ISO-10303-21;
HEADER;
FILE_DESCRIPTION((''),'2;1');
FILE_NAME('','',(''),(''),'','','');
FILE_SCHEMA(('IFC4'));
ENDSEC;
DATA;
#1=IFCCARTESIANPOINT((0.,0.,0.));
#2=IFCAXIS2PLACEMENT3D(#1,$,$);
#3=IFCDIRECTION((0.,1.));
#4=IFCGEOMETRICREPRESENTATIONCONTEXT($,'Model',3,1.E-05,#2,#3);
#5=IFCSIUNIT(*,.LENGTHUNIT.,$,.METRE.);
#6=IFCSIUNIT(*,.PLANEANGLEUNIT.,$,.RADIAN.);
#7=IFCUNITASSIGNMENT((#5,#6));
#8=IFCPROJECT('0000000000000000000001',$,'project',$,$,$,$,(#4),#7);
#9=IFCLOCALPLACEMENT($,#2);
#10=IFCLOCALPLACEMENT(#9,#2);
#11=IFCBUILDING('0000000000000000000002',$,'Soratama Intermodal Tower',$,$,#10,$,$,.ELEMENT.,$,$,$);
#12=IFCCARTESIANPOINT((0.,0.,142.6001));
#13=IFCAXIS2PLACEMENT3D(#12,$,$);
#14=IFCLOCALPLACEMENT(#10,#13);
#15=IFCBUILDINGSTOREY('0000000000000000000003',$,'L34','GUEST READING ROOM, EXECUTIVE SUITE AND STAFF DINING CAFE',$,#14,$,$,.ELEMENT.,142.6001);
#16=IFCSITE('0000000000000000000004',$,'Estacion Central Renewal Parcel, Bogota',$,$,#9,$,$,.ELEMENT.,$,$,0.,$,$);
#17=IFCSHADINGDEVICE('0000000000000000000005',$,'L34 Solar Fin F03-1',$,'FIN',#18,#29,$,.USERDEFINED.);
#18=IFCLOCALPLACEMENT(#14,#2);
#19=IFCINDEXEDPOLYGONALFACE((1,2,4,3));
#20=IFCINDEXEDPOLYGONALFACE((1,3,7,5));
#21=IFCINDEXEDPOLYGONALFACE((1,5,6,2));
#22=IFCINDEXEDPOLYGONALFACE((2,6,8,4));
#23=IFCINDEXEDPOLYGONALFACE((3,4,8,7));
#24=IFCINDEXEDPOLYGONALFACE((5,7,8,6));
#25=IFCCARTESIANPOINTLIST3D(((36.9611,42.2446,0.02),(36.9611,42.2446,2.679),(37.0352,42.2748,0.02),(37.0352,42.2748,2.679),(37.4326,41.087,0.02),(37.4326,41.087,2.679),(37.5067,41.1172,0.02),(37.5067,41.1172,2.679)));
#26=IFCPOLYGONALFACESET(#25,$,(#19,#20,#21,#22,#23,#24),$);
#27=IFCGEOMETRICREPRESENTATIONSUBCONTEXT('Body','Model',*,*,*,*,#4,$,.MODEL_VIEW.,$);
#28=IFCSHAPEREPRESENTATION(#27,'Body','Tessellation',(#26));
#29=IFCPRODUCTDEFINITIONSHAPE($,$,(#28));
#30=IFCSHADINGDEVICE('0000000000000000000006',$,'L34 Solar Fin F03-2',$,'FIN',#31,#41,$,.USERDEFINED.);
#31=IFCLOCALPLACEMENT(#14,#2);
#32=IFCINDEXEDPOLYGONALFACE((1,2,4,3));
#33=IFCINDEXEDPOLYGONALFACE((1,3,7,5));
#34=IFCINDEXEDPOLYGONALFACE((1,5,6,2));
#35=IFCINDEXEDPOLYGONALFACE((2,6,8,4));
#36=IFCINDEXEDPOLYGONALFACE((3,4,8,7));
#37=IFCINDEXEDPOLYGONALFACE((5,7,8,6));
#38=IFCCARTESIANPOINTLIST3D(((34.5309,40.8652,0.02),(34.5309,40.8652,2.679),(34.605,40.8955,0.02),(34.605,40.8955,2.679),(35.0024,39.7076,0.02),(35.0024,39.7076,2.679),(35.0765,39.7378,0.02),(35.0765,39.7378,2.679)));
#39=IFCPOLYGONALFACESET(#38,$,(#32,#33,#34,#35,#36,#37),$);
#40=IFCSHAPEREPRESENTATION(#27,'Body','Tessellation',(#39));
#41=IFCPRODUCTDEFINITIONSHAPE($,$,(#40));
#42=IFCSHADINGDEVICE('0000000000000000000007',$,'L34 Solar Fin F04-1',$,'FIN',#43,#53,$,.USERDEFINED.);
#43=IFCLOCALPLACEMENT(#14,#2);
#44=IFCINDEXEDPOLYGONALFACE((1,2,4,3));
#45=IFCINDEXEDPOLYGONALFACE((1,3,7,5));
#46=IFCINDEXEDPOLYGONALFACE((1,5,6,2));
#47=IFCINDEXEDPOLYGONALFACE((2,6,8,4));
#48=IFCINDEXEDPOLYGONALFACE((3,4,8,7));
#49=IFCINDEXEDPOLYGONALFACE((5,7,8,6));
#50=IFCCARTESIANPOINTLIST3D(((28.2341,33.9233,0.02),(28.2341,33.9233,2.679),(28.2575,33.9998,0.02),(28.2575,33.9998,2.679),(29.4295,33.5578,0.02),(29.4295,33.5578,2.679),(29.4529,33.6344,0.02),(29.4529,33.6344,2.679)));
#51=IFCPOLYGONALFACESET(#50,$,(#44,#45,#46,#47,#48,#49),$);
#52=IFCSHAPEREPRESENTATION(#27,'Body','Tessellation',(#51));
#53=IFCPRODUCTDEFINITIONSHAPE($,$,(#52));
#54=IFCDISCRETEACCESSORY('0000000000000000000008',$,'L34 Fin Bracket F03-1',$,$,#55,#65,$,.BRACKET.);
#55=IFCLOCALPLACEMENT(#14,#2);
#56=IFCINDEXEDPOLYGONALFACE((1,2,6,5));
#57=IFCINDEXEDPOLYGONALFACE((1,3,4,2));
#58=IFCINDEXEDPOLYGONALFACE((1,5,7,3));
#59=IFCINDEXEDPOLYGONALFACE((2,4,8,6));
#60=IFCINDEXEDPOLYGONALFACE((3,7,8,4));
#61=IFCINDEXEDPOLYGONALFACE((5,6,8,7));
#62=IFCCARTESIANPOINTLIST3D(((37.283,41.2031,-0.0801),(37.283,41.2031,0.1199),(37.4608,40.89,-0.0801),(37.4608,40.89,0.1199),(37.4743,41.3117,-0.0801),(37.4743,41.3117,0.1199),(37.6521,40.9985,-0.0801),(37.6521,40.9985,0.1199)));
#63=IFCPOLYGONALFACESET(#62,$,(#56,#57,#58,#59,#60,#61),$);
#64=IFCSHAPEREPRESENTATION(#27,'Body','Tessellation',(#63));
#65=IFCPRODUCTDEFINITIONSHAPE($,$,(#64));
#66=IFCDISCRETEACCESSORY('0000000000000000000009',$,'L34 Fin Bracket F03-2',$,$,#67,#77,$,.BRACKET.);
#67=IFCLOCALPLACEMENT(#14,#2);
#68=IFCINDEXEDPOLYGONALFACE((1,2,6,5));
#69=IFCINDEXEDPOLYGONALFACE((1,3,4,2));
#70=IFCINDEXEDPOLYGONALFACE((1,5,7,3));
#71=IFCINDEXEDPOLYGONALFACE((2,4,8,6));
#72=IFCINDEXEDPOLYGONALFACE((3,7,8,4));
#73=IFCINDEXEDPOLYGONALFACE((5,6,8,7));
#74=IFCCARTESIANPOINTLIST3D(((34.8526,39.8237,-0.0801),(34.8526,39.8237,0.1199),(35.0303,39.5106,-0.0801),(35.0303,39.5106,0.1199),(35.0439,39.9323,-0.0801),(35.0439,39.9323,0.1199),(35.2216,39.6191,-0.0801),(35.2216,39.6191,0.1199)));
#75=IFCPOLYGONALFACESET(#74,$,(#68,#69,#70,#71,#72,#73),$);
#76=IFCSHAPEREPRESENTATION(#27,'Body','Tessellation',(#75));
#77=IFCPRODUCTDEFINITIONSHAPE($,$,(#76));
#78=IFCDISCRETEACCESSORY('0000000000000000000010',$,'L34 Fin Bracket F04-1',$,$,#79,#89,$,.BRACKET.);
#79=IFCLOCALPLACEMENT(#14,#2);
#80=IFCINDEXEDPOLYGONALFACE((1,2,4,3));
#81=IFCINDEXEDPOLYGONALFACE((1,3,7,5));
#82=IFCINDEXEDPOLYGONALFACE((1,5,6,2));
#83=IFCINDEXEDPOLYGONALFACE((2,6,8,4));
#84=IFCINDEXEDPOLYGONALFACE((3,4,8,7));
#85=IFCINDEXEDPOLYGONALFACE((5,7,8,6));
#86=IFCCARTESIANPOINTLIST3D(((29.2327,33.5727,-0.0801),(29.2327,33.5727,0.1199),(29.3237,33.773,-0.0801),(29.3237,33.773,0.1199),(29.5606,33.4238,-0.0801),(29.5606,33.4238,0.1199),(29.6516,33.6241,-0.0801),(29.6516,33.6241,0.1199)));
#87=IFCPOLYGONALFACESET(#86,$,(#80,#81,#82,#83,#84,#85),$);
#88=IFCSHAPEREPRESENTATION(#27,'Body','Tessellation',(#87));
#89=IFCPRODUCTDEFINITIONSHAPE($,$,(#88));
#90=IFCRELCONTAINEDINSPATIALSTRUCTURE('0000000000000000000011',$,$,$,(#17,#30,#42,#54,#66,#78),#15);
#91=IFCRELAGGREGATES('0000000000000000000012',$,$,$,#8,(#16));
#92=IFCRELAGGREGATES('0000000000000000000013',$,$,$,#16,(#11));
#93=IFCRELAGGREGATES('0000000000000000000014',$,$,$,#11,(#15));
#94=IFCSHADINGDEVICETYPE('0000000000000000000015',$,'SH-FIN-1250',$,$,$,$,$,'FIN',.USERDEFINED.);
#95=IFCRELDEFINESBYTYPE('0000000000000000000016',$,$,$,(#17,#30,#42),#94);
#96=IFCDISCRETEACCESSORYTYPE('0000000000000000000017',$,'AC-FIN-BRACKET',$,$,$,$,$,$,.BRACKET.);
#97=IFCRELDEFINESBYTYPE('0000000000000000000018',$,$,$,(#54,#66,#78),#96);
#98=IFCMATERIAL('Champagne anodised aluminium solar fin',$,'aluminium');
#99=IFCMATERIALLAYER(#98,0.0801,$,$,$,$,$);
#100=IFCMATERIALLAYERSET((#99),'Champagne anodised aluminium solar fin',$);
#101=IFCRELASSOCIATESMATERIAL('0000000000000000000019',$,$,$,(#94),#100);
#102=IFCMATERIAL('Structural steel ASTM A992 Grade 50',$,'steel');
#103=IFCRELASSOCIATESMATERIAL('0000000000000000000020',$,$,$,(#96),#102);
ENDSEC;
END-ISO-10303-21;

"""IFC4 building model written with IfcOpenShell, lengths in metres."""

from ifc_helpers import new_model, si_unit, direction, frame, origin, origin_2d, place, context, subcontext, project, spatial, rectangle, extrude, material, layer, layer_set, type_object, element, save


model = new_model("IFC4")

# Units and contexts
model_context = context("Model", 3, precision=1e-05, world=origin(), true_north=direction((0.0, 1.0)))
body_context = subcontext(model_context, "Body", "Model", "MODEL_VIEW")
ifc_project = project(units=[si_unit("LENGTHUNIT", "METRE"), si_unit("PLANEANGLEUNIT", "RADIAN")], contexts=[model_context])

# Site, building, storey
site_placement = place(None, origin())
site = spatial("IfcSite", under=ifc_project, at=site_placement, Name="Estacion Central Renewal Parcel, Bogota", CompositionType="ELEMENT", RefElevation=0.0)
building_placement = place(site_placement, origin())
building = spatial("IfcBuilding", under=site, at=building_placement, Name="Soratama Intermodal Tower", CompositionType="ELEMENT")
storey_placement = place(building_placement, frame((0.0, 0.0, 142.6001)))
storey = spatial("IfcBuildingStorey", under=building, at=storey_placement, Name="L34", Description="GUEST READING ROOM, EXECUTIVE SUITE AND STAFF DINING CAFE", CompositionType="ELEMENT", Elevation=142.6001)

# Shading devices
ifc_material_1 = material(Name="Champagne anodised aluminium solar fin", Category="aluminium")
ifc_layer_1 = layer(ifc_material_1, 0.0801)
ifc_layer_set_1 = layer_set([ifc_layer_1], Name="Champagne anodised aluminium solar fin")
shading_device_type = type_object("IfcShadingDeviceType", Name="SH-FIN-1250", ElementType="FIN", PredefinedType="USERDEFINED", material=ifc_layer_set_1)
for number, where, z_axis, x_axis, name in (
    (1, (37.2339, 41.6809, 0.02), (0.0, 0.0, 1.0), (-0.377194, 0.926134, 0.0), "L34 Solar Fin F03-1"),
    (2, (34.8037, 40.3015, 0.02), (0.0, 0.0, 1.0), (-0.377194, 0.926134, 0.0), "L34 Solar Fin F03-2"),
    (3, (28.8435, 33.7788, 0.02), (0.0, 0.0, 1.0), (-0.956305, 0.292372, 0.0), "L34 Solar Fin F04-1"),
):
    element("IfcShadingDevice", number, at=place(storey_placement, frame(where, z_axis=z_axis, x_axis=x_axis)), inside=storey, type_object=shading_device_type, Name=name, ObjectType="FIN", PredefinedType="USERDEFINED", context=body_context, shape_type="SweptSolid", body=[
        extrude(rectangle(XDim=1.25, YDim=0.0801, at=origin_2d()), origin(), (0.0, 0.0, 1.0), 2.6589),
    ])

# Discrete accessories
ifc_material_2 = material(Name="Structural steel ASTM A992 Grade 50", Category="steel")
discrete_accessory_type = type_object("IfcDiscreteAccessoryType", Name="AC-FIN-BRACKET", PredefinedType="BRACKET", material=ifc_material_2)
for number, where, z_axis, x_axis, name in (
    (4, (37.4675, 41.1008, -0.0801), (0.0, 0.0, 1.0), (-0.493638, 0.869667, 0.0), "L34 Fin Bracket F03-1"),
    (5, (35.0371, 39.7214, -0.0801), (0.0, 0.0, 1.0), (-0.493638, 0.869667, 0.0), "L34 Fin Bracket F03-2"),
    (6, (29.4421, 33.5984, -0.0801), (0.0, 0.0, 1.0), (-0.910539, 0.413422, 0.0), "L34 Fin Bracket F04-1"),
):
    element("IfcDiscreteAccessory", number, at=place(storey_placement, frame(where, z_axis=z_axis, x_axis=x_axis)), inside=storey, type_object=discrete_accessory_type, Name=name, PredefinedType="BRACKET", context=body_context, shape_type="SweptSolid", body=[
        extrude(rectangle(XDim=0.3601, YDim=0.22, at=origin_2d()), origin(), (0.0, 0.0, 1.0), 0.2),
    ])

save(model, "model.ifc")
